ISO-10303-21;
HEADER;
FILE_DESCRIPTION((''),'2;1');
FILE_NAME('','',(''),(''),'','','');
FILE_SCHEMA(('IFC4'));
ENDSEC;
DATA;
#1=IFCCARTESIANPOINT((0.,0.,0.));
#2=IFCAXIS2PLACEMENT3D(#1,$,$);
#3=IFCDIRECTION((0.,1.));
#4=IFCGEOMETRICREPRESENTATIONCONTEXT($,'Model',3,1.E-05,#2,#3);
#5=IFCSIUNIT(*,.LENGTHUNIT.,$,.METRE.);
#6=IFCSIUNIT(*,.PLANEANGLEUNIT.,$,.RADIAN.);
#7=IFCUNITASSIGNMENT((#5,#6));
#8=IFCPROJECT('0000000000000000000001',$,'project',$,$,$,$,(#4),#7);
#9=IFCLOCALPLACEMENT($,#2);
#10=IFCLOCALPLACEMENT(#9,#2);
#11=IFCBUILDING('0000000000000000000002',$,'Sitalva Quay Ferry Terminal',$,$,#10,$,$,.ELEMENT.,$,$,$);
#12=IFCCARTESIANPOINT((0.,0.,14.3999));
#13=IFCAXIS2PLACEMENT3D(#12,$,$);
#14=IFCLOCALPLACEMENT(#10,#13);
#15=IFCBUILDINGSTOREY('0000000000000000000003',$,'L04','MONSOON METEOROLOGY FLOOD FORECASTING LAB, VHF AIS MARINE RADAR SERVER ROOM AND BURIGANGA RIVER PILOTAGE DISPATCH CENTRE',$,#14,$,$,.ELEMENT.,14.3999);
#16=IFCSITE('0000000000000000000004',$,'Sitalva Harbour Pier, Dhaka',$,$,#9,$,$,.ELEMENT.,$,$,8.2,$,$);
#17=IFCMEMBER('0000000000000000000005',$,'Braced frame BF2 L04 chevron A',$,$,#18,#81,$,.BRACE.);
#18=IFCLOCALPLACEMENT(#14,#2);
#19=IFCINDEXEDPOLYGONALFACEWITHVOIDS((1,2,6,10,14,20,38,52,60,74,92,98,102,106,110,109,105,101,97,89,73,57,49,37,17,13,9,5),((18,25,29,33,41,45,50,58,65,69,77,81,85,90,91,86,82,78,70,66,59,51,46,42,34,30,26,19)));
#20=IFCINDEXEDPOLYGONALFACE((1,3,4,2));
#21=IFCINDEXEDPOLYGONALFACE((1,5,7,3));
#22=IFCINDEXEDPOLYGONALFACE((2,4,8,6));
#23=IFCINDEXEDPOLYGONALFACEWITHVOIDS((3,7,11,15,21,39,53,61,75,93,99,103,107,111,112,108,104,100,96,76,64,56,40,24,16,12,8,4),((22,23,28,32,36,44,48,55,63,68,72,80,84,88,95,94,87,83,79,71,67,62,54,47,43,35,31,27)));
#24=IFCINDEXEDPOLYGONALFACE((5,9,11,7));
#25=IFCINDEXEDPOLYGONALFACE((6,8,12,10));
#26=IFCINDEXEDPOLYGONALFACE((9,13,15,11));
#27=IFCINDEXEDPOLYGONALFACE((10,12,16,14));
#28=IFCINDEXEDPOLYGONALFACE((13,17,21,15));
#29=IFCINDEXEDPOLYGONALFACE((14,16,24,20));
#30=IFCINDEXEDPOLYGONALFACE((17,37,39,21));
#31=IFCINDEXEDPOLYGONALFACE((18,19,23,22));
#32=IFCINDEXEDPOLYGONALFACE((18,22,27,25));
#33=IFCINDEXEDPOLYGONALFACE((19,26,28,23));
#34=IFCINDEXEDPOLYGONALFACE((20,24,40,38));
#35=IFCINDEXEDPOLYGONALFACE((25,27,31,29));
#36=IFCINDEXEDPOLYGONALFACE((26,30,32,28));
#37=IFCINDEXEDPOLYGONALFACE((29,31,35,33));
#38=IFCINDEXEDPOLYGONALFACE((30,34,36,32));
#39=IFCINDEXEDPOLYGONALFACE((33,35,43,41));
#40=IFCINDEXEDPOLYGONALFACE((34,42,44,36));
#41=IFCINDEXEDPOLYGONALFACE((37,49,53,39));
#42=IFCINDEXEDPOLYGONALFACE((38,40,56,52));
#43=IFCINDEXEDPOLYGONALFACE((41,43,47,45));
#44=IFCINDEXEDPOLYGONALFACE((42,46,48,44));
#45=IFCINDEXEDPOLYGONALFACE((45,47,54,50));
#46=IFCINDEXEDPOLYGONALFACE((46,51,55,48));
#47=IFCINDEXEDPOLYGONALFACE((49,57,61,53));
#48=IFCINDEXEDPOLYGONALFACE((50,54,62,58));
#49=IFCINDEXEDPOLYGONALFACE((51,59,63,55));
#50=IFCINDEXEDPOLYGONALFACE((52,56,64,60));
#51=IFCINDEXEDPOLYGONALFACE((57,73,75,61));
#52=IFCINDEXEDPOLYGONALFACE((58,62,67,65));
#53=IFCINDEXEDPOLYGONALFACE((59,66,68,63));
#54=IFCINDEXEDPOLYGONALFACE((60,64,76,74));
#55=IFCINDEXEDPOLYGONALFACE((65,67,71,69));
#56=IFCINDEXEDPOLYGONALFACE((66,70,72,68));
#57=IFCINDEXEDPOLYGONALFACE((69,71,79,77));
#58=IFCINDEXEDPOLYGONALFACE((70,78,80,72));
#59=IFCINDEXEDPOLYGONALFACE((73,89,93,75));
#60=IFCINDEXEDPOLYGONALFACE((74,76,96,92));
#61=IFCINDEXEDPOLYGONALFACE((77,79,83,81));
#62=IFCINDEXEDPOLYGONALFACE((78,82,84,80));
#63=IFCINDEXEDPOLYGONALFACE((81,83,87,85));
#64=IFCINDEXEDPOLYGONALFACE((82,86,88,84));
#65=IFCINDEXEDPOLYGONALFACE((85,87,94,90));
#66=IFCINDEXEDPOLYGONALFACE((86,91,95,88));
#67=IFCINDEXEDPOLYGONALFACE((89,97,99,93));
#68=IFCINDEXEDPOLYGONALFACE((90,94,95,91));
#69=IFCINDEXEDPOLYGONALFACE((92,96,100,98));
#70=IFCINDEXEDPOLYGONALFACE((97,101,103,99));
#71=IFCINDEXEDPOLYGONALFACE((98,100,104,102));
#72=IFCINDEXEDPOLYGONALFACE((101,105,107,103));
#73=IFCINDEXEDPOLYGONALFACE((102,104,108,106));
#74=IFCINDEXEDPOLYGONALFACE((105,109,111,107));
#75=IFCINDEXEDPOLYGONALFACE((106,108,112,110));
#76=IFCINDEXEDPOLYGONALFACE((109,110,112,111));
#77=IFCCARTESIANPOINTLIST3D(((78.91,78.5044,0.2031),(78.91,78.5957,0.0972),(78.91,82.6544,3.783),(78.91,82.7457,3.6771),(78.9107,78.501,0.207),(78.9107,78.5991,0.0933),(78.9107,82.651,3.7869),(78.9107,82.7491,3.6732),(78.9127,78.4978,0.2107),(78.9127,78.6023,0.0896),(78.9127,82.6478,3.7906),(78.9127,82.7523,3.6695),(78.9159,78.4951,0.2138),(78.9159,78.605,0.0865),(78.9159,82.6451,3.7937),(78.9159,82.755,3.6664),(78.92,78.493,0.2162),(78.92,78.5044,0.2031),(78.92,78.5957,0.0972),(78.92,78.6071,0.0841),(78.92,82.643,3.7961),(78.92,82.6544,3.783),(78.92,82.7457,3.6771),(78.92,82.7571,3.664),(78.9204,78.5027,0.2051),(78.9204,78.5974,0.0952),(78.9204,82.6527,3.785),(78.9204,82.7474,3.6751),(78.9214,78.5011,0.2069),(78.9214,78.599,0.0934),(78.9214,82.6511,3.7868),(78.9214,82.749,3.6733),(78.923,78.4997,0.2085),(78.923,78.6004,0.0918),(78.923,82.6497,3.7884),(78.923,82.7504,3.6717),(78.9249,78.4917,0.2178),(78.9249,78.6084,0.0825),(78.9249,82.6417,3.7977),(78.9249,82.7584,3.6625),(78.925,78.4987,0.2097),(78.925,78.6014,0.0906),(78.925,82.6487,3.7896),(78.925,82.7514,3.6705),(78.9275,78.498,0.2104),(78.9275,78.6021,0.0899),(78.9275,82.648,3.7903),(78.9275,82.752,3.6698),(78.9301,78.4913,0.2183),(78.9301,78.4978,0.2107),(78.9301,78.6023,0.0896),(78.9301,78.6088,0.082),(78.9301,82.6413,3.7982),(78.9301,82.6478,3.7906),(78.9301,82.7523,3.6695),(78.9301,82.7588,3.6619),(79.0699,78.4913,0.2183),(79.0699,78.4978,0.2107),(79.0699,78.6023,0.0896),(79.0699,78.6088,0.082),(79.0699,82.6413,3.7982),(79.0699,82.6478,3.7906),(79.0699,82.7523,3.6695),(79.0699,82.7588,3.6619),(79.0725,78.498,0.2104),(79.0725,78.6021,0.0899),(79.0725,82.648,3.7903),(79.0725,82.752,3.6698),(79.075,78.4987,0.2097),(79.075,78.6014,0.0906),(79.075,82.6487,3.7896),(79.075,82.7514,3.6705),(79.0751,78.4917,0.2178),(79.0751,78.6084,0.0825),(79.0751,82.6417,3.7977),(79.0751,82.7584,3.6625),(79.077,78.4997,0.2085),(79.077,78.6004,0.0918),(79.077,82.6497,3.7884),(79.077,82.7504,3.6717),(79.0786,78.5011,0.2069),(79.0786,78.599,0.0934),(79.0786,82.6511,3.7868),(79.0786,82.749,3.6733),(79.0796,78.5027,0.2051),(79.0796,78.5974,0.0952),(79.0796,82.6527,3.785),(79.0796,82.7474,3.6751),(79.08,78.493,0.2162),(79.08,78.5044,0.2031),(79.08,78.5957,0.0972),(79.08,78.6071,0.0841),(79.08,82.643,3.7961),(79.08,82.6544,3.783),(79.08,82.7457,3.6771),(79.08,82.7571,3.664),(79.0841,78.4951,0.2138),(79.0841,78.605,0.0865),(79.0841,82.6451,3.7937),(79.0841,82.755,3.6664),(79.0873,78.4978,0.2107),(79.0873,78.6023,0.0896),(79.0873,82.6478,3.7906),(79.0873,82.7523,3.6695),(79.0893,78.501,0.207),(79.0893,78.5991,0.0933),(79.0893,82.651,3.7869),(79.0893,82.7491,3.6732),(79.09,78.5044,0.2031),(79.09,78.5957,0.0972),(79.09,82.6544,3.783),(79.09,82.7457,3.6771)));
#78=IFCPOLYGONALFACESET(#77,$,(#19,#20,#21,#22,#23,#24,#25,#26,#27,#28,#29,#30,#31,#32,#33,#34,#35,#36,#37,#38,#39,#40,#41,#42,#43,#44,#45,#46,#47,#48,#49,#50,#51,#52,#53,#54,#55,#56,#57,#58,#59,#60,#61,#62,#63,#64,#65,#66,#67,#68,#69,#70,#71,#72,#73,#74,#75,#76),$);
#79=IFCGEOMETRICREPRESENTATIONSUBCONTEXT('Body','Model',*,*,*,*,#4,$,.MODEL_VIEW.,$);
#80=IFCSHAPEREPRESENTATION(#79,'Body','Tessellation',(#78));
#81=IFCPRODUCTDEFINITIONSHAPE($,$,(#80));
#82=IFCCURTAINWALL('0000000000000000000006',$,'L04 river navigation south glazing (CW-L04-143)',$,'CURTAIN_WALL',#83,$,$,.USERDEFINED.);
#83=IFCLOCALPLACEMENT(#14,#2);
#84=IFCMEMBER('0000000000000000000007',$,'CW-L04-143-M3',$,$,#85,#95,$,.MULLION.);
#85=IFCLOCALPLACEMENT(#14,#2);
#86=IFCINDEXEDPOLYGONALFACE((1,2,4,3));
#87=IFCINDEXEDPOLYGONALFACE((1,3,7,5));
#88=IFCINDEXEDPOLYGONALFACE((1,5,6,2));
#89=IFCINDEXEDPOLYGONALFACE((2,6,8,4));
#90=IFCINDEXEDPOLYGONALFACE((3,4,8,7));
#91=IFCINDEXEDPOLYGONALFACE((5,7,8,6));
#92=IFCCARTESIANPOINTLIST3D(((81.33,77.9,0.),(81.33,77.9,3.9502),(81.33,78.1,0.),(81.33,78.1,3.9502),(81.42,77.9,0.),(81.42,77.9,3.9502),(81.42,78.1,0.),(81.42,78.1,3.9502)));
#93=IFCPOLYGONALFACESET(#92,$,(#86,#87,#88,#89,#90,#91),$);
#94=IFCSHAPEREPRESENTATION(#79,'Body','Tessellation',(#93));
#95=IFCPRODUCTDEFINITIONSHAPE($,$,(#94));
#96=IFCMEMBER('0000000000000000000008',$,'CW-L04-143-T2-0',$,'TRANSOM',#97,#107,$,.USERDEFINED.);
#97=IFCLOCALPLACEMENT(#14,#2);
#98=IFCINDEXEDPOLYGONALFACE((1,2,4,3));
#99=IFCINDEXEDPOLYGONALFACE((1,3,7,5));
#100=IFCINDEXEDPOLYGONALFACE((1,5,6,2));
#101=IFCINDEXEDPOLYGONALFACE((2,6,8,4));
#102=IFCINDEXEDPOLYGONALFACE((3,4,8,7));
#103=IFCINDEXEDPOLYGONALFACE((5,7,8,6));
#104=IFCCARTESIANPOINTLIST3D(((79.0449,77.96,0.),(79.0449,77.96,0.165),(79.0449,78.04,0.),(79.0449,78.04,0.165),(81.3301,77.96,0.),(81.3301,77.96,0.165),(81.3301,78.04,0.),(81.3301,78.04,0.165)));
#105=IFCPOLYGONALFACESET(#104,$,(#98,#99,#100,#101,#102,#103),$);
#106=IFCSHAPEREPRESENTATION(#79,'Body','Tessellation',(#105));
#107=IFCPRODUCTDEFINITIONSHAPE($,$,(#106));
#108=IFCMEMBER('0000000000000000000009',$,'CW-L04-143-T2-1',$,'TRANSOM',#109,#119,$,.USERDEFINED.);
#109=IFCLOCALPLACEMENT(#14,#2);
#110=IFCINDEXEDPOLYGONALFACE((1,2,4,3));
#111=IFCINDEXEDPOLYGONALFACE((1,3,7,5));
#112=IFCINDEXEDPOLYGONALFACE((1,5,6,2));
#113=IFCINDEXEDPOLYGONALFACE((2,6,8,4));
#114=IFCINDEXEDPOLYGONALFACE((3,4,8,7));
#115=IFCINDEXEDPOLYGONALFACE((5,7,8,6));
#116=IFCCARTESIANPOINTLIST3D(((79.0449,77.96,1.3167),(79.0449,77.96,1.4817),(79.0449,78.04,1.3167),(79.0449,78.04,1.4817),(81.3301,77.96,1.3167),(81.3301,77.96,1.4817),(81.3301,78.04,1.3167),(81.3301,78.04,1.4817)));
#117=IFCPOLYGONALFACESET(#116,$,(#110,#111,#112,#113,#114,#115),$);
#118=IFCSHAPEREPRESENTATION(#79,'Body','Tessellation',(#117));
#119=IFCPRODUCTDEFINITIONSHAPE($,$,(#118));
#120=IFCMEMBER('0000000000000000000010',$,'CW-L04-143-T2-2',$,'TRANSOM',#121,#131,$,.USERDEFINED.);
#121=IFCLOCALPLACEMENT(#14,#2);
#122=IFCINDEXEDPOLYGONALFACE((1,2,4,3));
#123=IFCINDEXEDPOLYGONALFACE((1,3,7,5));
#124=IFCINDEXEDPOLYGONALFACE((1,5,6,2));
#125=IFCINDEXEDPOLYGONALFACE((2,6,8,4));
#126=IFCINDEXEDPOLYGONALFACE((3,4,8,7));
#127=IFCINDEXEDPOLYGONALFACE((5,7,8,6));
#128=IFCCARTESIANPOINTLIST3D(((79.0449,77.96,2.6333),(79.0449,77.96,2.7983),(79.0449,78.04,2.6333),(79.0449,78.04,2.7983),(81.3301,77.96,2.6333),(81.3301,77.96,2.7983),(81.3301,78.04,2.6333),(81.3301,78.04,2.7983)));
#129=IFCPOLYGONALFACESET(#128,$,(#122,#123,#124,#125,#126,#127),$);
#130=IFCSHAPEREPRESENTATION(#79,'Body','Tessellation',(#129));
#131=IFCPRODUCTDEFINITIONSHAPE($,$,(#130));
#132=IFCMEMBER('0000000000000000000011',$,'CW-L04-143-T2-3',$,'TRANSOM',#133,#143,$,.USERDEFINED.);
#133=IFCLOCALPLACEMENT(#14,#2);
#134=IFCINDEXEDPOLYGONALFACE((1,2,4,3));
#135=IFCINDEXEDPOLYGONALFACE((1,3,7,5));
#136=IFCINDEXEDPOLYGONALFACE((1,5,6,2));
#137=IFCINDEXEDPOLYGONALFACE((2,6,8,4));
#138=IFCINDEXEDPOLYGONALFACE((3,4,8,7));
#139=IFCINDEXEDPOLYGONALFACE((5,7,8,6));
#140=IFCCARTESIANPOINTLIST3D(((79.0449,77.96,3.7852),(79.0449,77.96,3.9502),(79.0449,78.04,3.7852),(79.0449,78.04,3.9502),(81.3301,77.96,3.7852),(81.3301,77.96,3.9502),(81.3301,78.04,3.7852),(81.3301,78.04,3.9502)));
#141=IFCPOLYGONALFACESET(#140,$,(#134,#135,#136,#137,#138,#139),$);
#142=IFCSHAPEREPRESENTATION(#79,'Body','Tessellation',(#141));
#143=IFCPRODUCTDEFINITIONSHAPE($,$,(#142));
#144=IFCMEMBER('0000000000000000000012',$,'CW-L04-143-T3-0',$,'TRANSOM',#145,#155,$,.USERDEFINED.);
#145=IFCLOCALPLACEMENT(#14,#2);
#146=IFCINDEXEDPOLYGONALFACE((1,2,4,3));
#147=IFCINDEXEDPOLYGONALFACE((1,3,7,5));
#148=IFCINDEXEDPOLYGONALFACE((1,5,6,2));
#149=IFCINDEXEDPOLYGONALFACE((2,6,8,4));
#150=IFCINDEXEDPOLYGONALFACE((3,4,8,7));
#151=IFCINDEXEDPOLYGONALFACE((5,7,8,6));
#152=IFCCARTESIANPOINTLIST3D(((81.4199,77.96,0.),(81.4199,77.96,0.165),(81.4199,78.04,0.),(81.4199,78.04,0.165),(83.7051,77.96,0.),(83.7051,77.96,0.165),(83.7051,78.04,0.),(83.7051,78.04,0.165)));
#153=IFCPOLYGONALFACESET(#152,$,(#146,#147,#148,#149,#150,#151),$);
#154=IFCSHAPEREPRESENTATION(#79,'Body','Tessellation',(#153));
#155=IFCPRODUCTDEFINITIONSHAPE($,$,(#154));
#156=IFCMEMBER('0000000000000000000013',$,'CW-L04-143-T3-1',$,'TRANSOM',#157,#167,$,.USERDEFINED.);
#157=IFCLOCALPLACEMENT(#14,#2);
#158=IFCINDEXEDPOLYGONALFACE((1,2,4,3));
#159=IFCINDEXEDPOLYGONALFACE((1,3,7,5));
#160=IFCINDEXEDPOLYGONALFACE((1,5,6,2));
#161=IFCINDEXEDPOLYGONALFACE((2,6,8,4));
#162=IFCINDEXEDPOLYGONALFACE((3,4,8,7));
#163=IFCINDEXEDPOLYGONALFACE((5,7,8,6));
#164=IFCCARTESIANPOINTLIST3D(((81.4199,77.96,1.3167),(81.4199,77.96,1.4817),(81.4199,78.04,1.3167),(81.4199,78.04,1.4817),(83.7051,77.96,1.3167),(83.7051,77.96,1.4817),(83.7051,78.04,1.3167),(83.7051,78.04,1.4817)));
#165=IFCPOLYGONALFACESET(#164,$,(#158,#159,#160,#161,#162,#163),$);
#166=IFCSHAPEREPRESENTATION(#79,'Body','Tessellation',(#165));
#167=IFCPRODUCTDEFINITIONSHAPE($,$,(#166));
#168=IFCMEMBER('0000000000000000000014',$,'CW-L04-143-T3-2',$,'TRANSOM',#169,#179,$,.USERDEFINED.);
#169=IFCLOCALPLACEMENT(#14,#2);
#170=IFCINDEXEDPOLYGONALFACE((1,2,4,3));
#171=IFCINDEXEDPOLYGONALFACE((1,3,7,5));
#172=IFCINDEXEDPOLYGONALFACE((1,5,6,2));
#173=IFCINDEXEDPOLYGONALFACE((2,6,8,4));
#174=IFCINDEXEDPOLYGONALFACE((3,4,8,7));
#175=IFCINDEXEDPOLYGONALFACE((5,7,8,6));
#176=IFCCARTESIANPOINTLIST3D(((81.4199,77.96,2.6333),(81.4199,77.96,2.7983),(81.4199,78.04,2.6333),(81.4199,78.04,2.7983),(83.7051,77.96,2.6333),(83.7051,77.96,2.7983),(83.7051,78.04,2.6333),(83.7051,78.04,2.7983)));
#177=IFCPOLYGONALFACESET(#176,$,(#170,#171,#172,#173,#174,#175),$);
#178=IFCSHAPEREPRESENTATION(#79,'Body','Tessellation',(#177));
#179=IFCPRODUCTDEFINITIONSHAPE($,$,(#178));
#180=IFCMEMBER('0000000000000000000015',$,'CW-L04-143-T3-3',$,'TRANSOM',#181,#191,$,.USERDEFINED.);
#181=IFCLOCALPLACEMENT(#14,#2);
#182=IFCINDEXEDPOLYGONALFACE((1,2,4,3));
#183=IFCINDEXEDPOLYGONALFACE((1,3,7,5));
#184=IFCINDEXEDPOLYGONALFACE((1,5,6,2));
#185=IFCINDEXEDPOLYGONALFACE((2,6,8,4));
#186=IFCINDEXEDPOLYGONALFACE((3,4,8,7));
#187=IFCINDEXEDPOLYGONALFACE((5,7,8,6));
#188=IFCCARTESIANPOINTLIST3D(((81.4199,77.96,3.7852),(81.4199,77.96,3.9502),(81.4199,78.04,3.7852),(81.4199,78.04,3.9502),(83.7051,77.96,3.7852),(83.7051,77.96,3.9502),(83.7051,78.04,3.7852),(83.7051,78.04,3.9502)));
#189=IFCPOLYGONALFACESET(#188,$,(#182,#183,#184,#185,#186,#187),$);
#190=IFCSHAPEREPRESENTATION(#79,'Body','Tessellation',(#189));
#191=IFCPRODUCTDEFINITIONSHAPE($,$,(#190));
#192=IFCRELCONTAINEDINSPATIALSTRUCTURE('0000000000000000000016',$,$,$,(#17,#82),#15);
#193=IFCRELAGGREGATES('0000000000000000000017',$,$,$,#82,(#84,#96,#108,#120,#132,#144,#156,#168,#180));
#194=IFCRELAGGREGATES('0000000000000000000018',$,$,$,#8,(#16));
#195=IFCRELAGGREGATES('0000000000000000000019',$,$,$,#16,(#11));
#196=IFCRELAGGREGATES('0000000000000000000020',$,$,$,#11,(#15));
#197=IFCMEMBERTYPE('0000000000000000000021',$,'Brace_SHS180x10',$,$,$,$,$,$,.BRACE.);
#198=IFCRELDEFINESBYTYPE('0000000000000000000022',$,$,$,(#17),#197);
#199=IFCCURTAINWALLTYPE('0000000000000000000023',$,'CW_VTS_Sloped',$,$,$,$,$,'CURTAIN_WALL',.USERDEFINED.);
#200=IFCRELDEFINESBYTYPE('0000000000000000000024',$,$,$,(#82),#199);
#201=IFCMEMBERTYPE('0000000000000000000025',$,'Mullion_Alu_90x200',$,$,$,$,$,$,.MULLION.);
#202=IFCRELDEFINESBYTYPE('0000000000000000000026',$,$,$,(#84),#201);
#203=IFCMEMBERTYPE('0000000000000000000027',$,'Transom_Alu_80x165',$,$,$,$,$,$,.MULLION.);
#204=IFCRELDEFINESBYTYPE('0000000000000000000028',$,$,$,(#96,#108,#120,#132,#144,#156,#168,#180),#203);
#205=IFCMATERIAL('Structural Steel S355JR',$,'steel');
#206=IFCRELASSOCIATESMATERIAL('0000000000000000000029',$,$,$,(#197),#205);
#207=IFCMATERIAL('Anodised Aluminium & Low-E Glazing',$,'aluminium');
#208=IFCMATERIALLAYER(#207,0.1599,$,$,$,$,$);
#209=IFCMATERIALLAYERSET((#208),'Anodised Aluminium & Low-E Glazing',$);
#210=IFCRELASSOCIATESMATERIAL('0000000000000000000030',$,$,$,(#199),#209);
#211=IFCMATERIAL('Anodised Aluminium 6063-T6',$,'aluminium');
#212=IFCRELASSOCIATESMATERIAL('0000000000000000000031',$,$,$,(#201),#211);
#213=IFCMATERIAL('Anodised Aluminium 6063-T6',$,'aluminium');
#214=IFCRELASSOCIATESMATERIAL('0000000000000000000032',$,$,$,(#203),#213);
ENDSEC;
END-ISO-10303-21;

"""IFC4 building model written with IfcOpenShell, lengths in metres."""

from ifc_helpers import new_model, si_unit, direction, frame, origin, origin_2d, place, context, subcontext, project, spatial, rectangle, hollow_rectangle, extrude, material, layer, layer_set, material_profile, profile_set, type_object, element, aggregate, save


model = new_model("IFC4")

# Units and contexts
model_context = context("Model", 3, precision=1e-05, world=origin(), true_north=direction((0.0, 1.0)))
body_context = subcontext(model_context, "Body", "Model", "MODEL_VIEW")
ifc_project = project(units=[si_unit("LENGTHUNIT", "METRE"), si_unit("PLANEANGLEUNIT", "RADIAN")], contexts=[model_context])

# Site, building, storey
site_placement = place(None, origin())
site = spatial("IfcSite", under=ifc_project, at=site_placement, Name="Sitalva Harbour Pier, Dhaka", CompositionType="ELEMENT", RefElevation=8.2)
building_placement = place(site_placement, origin())
building = spatial("IfcBuilding", under=site, at=building_placement, Name="Sitalva Quay Ferry Terminal", CompositionType="ELEMENT")
storey_placement = place(building_placement, frame((0.0, 0.0, 14.3999)))
storey = spatial("IfcBuildingStorey", under=building, at=storey_placement, Name="L04", Description="MONSOON METEOROLOGY FLOOD FORECASTING LAB, VHF AIS MARINE RADAR SERVER ROOM AND BURIGANGA RIVER PILOTAGE DISPATCH CENTRE", CompositionType="ELEMENT", Elevation=14.3999)

# Member
ifc_material_1 = material(Name="Structural Steel S355JR", Category="steel")
ifc_material_profile_1 = material_profile(ifc_material_1, hollow_rectangle(XDim=0.1799, YDim=0.1799, WallThickness=0.01, InnerFilletRadius=0.01, OuterFilletRadius=0.02, at=origin_2d()), Name="SHS180x180x10")
ifc_profile_set_1 = profile_set([ifc_material_profile_1], Name="Structural Steel S355JR")
member_type_1 = type_object("IfcMemberType", Name="Brace_SHS180x10", PredefinedType="BRACE", material=ifc_profile_set_1)
member_1_placement = place(storey_placement, frame((79.0, 78.55, 0.1501), z_axis=(0.0, 0.757199, 0.653184), x_axis=(-1.0, 0.0, 0.0)))
element("IfcMember", 1, at=member_1_placement, inside=storey, type_object=member_type_1, Name="Braced frame BF2 L04 chevron A", PredefinedType="BRACE", context=body_context, shape_type="SweptSolid", body=[
    extrude(hollow_rectangle(XDim=0.1799, YDim=0.1799, WallThickness=0.01, InnerFilletRadius=0.01, OuterFilletRadius=0.02, at=origin_2d()), origin(), (0.0, 0.0, 1.0), 5.4807),
])

# Curtain wall, members
ifc_material_2 = material(Name="Anodised Aluminium & Low-E Glazing", Category="aluminium")
ifc_layer_1 = layer(ifc_material_2, 0.1599)
ifc_layer_set_1 = layer_set([ifc_layer_1], Name="Anodised Aluminium & Low-E Glazing")
curtain_wall_type = type_object("IfcCurtainWallType", Name="CW_VTS_Sloped", ElementType="CURTAIN_WALL", PredefinedType="USERDEFINED", material=ifc_layer_set_1)
curtain_wall_placement = place(storey_placement, origin())
curtain_wall = element("IfcCurtainWall", 2, at=curtain_wall_placement, inside=storey, type_object=curtain_wall_type, Name="L04 river navigation south glazing (CW-L04-143)", ObjectType="CURTAIN_WALL", PredefinedType="USERDEFINED")
ifc_material_3 = material(Name="Anodised Aluminium 6063-T6", Category="aluminium")
ifc_material_profile_2 = material_profile(ifc_material_3, rectangle(XDim=0.0901, YDim=0.2, at=origin_2d()), Name="ALU90x200")
ifc_profile_set_2 = profile_set([ifc_material_profile_2], Name="Anodised Aluminium 6063-T6")
member_type_2 = type_object("IfcMemberType", Name="Mullion_Alu_90x200", PredefinedType="MULLION", material=ifc_profile_set_2)
member_2_placement = place(storey_placement, frame((81.375, 78.0, 0.0), z_axis=(0.0, 0.0, 1.0), x_axis=(1.0, 0.0, 0.0)))
member_2 = element("IfcMember", 3, at=member_2_placement, type_object=member_type_2, Name="CW-L04-143-M3", PredefinedType="MULLION", context=body_context, shape_type="SweptSolid", body=[
    extrude(rectangle(XDim=0.0901, YDim=0.2, at=origin_2d()), origin(), (0.0, 0.0, 1.0), 3.9502),
])
ifc_material_4 = material(Name="Anodised Aluminium 6063-T6", Category="aluminium")
ifc_material_profile_3 = material_profile(ifc_material_4, rectangle(XDim=0.0801, YDim=0.165, at=origin_2d()), Name="ALU80x165")
ifc_profile_set_3 = profile_set([ifc_material_profile_3], Name="Anodised Aluminium 6063-T6")
member_type_3 = type_object("IfcMemberType", Name="Transom_Alu_80x165", PredefinedType="MULLION", material=ifc_profile_set_3)
member_3_placement = place(storey_placement, frame((79.0449, 78.0, 0.0825), z_axis=(1.0, 0.0, 0.0), x_axis=(0.0, 1.0, 0.0)))
member_3 = element("IfcMember", 4, at=member_3_placement, type_object=member_type_3, Name="CW-L04-143-T2-0", ObjectType="TRANSOM", PredefinedType="USERDEFINED", context=body_context, shape_type="SweptSolid", body=[
    extrude(rectangle(XDim=0.0801, YDim=0.165, at=origin_2d()), origin(), (0.0, 0.0, 1.0), 2.2852),
])
member_4_placement = place(storey_placement, frame((79.0449, 78.0, 1.3992), z_axis=(1.0, 0.0, 0.0), x_axis=(0.0, 1.0, 0.0)))
member_4 = element("IfcMember", 5, at=member_4_placement, type_object=member_type_3, Name="CW-L04-143-T2-1", ObjectType="TRANSOM", PredefinedType="USERDEFINED", context=body_context, shape_type="SweptSolid", body=[
    extrude(rectangle(XDim=0.0801, YDim=0.165, at=origin_2d()), origin(), (0.0, 0.0, 1.0), 2.2852),
])
member_5_placement = place(storey_placement, frame((79.0449, 78.0, 2.7158), z_axis=(1.0, 0.0, 0.0), x_axis=(0.0, 1.0, 0.0)))
member_5 = element("IfcMember", 6, at=member_5_placement, type_object=member_type_3, Name="CW-L04-143-T2-2", ObjectType="TRANSOM", PredefinedType="USERDEFINED", context=body_context, shape_type="SweptSolid", body=[
    extrude(rectangle(XDim=0.0801, YDim=0.165, at=origin_2d()), origin(), (0.0, 0.0, 1.0), 2.2852),
])
member_6_placement = place(storey_placement, frame((79.0449, 78.0, 3.8677), z_axis=(1.0, 0.0, 0.0), x_axis=(0.0, 1.0, 0.0)))
member_6 = element("IfcMember", 7, at=member_6_placement, type_object=member_type_3, Name="CW-L04-143-T2-3", ObjectType="TRANSOM", PredefinedType="USERDEFINED", context=body_context, shape_type="SweptSolid", body=[
    extrude(rectangle(XDim=0.0801, YDim=0.165, at=origin_2d()), origin(), (0.0, 0.0, 1.0), 2.2852),
])
member_7_placement = place(storey_placement, frame((81.4199, 78.0, 0.0825), z_axis=(1.0, 0.0, 0.0), x_axis=(0.0, 1.0, 0.0)))
member_7 = element("IfcMember", 8, at=member_7_placement, type_object=member_type_3, Name="CW-L04-143-T3-0", ObjectType="TRANSOM", PredefinedType="USERDEFINED", context=body_context, shape_type="SweptSolid", body=[
    extrude(rectangle(XDim=0.0801, YDim=0.165, at=origin_2d()), origin(), (0.0, 0.0, 1.0), 2.2852),
])
member_8_placement = place(storey_placement, frame((81.4199, 78.0, 1.3992), z_axis=(1.0, 0.0, 0.0), x_axis=(0.0, 1.0, 0.0)))
member_8 = element("IfcMember", 9, at=member_8_placement, type_object=member_type_3, Name="CW-L04-143-T3-1", ObjectType="TRANSOM", PredefinedType="USERDEFINED", context=body_context, shape_type="SweptSolid", body=[
    extrude(rectangle(XDim=0.0801, YDim=0.165, at=origin_2d()), origin(), (0.0, 0.0, 1.0), 2.2852),
])
member_9_placement = place(storey_placement, frame((81.4199, 78.0, 2.7158), z_axis=(1.0, 0.0, 0.0), x_axis=(0.0, 1.0, 0.0)))
member_9 = element("IfcMember", 10, at=member_9_placement, type_object=member_type_3, Name="CW-L04-143-T3-2", ObjectType="TRANSOM", PredefinedType="USERDEFINED", context=body_context, shape_type="SweptSolid", body=[
    extrude(rectangle(XDim=0.0801, YDim=0.165, at=origin_2d()), origin(), (0.0, 0.0, 1.0), 2.2852),
])
member_10_placement = place(storey_placement, frame((81.4199, 78.0, 3.8677), z_axis=(1.0, 0.0, 0.0), x_axis=(0.0, 1.0, 0.0)))
member_10 = element("IfcMember", 11, at=member_10_placement, type_object=member_type_3, Name="CW-L04-143-T3-3", ObjectType="TRANSOM", PredefinedType="USERDEFINED", context=body_context, shape_type="SweptSolid", body=[
    extrude(rectangle(XDim=0.0801, YDim=0.165, at=origin_2d()), origin(), (0.0, 0.0, 1.0), 2.2852),
])

aggregate(curtain_wall, [member_2, member_3, member_4, member_5, member_6, member_7, member_8, member_9, member_10])

save(model, "model.ifc")
